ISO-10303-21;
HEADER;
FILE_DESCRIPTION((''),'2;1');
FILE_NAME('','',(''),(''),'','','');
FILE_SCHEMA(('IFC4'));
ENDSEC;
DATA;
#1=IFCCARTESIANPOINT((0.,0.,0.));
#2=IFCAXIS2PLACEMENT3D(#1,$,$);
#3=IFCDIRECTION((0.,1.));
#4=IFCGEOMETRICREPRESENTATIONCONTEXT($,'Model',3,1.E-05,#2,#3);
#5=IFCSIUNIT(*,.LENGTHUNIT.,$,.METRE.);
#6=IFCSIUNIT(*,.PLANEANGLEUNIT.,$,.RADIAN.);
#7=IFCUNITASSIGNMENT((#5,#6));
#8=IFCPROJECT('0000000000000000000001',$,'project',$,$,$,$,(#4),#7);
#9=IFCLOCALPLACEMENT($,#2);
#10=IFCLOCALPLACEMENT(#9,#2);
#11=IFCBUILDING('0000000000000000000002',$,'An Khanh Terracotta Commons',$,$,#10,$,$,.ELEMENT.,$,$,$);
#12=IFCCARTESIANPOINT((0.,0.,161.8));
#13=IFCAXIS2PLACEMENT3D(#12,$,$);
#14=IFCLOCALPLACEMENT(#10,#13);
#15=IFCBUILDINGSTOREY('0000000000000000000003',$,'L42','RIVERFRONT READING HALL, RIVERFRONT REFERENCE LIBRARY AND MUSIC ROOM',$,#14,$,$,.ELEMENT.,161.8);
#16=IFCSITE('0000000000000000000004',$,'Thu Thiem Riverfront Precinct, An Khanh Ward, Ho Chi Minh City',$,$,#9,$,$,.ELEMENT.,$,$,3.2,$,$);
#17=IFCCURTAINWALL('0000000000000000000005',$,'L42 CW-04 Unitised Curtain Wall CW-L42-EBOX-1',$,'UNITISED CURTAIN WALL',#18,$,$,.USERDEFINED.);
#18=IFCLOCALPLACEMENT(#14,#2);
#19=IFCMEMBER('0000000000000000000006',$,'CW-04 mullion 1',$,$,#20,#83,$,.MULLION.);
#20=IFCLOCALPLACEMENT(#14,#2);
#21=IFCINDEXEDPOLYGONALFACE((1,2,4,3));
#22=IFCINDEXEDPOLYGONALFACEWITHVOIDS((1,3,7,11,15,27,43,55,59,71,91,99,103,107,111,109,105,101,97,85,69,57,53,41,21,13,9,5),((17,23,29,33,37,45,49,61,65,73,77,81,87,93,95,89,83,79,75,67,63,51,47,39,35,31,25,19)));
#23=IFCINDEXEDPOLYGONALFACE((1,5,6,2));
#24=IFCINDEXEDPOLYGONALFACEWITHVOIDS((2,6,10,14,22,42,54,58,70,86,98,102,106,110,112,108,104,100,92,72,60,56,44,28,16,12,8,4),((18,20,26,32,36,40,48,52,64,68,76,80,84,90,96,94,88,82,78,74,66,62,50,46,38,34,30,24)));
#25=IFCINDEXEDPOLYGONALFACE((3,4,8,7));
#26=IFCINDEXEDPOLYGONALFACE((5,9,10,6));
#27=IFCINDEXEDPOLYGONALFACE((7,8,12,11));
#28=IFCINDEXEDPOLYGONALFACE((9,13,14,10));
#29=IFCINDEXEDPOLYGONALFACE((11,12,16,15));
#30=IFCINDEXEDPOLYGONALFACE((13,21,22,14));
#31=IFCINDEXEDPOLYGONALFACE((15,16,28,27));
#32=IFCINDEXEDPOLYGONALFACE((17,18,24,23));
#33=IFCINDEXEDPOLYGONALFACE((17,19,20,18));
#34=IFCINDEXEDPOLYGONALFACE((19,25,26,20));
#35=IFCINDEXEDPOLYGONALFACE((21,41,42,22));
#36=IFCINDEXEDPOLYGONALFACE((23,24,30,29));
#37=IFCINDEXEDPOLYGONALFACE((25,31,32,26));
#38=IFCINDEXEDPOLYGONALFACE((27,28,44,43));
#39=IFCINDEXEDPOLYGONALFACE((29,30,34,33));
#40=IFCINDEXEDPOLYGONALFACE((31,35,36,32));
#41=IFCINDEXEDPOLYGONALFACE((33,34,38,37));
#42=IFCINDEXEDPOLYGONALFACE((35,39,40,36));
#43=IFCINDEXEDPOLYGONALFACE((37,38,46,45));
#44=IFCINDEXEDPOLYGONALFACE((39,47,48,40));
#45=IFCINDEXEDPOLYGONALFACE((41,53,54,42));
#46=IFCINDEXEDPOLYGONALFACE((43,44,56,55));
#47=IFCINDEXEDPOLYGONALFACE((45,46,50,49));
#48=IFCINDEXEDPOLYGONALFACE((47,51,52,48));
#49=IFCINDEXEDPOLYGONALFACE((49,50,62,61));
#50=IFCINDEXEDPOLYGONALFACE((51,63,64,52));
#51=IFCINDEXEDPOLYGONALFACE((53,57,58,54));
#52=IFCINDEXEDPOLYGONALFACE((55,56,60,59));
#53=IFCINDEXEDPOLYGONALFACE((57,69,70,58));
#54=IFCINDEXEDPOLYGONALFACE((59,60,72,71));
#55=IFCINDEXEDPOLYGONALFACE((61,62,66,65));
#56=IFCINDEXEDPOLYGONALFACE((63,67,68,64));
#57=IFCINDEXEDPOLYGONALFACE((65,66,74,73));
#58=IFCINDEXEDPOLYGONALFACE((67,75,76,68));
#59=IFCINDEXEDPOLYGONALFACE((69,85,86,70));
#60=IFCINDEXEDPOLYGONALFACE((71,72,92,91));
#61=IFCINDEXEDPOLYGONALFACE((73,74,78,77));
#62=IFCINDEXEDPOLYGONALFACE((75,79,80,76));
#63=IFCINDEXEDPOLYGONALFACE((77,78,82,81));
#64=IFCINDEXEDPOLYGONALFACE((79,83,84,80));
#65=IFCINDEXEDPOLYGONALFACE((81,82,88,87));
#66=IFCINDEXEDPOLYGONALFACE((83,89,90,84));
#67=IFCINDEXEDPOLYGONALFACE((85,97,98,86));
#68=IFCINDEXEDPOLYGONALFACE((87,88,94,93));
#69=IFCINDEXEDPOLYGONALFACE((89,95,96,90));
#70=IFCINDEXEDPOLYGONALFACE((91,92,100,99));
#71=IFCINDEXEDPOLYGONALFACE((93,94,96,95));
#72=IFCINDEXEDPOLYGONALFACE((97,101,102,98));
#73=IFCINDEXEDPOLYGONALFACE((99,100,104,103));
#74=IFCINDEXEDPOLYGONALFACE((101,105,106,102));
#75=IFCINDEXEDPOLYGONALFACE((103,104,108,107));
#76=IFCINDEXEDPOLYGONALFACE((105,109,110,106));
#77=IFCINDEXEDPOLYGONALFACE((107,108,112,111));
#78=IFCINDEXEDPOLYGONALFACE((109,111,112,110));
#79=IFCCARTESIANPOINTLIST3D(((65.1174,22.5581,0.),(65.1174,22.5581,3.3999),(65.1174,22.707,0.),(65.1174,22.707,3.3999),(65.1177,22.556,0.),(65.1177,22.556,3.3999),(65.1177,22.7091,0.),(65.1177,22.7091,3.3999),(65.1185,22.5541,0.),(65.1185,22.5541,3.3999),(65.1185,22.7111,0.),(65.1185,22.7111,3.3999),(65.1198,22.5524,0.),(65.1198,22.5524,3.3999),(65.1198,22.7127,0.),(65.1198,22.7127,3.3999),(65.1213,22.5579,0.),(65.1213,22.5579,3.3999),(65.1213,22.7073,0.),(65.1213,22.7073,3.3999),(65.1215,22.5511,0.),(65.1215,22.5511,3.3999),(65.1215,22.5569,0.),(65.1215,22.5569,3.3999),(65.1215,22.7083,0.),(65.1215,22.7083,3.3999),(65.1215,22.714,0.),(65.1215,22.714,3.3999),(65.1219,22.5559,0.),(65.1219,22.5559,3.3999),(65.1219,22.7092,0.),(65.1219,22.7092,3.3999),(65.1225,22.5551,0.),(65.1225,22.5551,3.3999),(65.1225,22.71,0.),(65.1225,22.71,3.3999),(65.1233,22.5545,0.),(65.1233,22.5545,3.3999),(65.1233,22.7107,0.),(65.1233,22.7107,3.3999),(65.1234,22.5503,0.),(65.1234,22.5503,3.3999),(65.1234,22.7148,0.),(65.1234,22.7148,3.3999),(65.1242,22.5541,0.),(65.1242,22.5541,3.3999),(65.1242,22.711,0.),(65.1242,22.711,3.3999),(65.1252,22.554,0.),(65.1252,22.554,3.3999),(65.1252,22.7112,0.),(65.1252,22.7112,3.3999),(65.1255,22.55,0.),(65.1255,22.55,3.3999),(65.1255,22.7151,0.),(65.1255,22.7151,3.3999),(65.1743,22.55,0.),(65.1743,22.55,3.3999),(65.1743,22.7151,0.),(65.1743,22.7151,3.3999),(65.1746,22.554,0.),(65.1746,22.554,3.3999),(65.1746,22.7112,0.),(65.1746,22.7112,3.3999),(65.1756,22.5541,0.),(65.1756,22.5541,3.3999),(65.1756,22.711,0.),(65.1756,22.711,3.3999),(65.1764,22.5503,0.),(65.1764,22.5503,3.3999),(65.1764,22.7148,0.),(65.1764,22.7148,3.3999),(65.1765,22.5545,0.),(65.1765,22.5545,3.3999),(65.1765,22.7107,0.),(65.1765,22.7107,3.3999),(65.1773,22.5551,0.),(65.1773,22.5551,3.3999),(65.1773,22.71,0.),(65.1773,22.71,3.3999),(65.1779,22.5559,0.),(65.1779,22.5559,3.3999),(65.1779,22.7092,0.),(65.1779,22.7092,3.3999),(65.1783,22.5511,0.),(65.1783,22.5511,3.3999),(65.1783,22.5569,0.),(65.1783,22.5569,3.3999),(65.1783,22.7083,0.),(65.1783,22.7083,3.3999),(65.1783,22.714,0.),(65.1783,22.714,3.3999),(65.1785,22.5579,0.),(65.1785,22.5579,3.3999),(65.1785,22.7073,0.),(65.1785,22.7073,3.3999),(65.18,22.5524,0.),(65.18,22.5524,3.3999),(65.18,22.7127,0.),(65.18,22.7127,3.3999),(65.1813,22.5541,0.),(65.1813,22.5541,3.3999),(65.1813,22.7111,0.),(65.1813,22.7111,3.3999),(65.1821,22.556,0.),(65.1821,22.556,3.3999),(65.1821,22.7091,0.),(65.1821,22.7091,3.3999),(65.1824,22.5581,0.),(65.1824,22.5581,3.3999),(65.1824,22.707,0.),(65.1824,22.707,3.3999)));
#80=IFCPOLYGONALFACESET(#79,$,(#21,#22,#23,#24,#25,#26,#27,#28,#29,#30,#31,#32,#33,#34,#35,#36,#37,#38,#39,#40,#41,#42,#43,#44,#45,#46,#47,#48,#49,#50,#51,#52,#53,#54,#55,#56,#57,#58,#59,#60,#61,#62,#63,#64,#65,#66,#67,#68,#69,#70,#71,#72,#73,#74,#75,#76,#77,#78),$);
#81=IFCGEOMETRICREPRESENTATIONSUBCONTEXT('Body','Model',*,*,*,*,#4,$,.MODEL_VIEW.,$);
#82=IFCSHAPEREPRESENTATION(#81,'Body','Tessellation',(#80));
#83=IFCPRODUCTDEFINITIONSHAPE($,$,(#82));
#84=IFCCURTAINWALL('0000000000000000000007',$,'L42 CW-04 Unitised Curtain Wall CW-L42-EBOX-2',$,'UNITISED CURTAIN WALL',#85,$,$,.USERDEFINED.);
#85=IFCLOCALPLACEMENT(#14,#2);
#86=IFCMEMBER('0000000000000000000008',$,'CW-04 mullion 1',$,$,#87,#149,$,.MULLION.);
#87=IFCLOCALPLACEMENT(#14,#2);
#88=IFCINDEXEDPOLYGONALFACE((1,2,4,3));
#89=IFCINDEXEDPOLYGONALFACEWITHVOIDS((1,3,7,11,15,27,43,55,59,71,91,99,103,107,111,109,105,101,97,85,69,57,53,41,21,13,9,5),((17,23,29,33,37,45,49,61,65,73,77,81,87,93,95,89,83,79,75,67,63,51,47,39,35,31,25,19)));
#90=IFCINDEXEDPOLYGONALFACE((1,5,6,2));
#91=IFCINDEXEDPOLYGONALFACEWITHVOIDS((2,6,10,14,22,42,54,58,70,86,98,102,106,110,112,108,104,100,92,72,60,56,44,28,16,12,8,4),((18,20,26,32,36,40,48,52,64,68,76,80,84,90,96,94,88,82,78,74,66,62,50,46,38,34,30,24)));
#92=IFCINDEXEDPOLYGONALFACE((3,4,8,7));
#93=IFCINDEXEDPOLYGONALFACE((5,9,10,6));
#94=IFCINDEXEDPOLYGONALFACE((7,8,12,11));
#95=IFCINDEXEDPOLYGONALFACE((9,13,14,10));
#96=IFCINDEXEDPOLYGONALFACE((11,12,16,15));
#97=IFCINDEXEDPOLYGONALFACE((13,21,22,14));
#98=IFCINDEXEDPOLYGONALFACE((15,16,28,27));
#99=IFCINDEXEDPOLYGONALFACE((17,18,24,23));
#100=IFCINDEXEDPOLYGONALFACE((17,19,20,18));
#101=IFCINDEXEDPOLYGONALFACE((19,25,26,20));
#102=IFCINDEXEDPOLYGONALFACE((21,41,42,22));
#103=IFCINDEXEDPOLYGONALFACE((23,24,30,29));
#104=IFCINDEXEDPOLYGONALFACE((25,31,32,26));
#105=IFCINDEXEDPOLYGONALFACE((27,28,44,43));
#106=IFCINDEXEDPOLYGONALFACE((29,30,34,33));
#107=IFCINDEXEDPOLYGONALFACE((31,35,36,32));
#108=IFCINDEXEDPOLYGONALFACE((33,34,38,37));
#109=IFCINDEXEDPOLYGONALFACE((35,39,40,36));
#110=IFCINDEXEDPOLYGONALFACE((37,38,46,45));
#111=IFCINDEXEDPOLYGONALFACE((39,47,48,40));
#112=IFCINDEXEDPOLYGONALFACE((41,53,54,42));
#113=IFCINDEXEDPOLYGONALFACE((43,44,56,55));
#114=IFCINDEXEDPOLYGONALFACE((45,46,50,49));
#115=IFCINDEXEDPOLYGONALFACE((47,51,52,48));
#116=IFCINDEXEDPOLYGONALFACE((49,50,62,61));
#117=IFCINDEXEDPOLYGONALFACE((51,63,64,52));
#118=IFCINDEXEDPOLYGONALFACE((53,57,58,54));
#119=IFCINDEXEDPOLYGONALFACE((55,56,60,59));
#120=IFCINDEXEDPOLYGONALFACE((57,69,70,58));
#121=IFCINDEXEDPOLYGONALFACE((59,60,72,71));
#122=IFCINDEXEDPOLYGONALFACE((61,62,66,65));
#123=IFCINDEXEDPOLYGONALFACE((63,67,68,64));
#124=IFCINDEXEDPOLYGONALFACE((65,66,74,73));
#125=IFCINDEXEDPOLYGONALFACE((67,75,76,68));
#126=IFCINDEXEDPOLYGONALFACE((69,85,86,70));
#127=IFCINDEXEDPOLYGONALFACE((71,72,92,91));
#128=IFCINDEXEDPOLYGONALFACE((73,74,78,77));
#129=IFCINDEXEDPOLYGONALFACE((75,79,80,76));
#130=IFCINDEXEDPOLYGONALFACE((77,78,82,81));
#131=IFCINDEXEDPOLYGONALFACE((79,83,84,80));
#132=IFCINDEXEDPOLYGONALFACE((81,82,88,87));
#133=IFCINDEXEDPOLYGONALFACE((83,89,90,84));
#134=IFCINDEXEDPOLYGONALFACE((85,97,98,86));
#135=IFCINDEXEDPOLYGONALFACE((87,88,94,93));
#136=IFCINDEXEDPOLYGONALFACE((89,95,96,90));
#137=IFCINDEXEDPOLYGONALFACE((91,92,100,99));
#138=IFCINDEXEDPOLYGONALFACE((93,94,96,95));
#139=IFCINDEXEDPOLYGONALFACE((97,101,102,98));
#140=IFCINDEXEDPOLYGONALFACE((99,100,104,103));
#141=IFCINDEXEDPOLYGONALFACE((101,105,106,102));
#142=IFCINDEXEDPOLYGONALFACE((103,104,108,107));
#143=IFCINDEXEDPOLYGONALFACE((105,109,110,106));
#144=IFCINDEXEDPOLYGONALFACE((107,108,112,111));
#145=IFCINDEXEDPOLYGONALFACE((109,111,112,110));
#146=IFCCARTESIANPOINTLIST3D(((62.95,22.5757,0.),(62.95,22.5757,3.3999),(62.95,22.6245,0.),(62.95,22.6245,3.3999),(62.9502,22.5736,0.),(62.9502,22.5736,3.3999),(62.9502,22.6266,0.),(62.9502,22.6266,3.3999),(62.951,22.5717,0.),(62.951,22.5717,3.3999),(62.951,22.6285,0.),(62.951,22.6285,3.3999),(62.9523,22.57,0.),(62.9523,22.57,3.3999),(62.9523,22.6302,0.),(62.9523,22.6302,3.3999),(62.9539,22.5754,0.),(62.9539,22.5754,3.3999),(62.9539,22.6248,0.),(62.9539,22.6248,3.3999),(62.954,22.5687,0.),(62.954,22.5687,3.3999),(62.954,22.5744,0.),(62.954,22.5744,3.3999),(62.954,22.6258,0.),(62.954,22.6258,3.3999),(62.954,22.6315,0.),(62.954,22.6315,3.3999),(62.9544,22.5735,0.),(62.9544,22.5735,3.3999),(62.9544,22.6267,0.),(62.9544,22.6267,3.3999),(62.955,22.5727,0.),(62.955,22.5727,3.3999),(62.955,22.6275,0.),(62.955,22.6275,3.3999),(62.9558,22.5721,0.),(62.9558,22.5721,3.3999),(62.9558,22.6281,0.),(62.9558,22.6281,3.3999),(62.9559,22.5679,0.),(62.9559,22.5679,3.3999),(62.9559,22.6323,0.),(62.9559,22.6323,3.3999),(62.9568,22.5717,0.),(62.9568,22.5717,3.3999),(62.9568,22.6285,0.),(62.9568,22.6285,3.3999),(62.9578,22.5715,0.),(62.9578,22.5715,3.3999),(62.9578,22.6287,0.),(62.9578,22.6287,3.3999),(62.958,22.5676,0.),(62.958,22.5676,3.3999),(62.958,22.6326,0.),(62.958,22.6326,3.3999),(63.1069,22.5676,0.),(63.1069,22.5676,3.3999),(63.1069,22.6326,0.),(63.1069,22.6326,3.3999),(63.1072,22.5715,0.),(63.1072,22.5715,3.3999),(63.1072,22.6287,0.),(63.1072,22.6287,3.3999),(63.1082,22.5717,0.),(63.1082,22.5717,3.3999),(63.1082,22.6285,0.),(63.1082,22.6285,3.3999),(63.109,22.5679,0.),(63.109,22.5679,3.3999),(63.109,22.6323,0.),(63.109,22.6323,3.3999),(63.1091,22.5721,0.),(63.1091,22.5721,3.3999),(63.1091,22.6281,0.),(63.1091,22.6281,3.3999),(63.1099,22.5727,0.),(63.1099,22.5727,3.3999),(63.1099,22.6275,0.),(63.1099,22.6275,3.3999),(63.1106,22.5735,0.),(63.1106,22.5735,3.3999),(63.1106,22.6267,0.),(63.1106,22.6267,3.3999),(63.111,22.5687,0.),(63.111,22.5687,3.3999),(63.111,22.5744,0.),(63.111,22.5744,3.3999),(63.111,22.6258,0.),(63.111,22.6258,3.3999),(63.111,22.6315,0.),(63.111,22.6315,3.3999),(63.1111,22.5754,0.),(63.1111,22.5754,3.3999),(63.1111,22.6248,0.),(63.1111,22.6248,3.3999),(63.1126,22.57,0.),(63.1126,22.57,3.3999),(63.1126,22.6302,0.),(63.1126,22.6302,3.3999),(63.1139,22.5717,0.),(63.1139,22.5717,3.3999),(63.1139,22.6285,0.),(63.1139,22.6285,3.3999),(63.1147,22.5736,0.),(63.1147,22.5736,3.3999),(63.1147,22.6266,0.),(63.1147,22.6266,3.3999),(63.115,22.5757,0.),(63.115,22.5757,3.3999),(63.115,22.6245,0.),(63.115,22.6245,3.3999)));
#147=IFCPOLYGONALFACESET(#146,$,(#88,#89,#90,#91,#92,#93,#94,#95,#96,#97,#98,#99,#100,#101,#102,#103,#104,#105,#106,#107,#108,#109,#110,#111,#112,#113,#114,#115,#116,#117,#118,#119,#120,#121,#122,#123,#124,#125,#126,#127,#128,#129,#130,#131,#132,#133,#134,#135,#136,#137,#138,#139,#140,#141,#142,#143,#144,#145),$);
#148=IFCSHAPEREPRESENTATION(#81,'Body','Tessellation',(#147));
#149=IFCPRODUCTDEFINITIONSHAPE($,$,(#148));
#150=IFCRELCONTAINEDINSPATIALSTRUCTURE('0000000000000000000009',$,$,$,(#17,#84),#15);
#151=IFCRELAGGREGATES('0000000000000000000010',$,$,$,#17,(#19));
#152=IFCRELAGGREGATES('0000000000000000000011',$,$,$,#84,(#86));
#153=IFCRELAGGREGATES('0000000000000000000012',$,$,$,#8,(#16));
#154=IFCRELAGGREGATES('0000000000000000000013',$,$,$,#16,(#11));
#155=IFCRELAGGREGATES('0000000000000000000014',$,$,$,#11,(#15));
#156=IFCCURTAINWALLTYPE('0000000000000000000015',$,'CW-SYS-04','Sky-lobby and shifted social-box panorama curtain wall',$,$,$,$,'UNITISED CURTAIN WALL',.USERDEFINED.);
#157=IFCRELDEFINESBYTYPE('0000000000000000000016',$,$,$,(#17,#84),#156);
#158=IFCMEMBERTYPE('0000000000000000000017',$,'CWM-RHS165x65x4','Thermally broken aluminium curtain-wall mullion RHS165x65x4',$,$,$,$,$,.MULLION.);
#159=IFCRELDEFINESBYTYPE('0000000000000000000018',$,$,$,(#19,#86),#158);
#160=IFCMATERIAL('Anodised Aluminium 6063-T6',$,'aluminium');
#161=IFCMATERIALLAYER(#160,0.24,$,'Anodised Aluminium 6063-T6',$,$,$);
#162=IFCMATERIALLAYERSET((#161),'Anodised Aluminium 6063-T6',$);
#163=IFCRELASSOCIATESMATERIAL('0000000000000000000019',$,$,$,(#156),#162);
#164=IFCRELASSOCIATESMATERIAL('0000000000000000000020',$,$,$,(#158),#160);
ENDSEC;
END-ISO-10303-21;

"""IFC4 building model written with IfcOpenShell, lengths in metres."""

from ifc_helpers import new_model, si_unit, direction, frame, origin, origin_2d, place, context, subcontext, project, spatial, hollow_rectangle, extrude, material, layer, layer_set, material_profile, profile_set, type_object, element, aggregate, save


model = new_model("IFC4")

# Units and contexts
model_context = context("Model", 3, precision=1e-05, world=origin(), true_north=direction((0.0, 1.0)))
body_context = subcontext(model_context, "Body", "Model", "MODEL_VIEW")
ifc_project = project(units=[si_unit("LENGTHUNIT", "METRE"), si_unit("PLANEANGLEUNIT", "RADIAN")], contexts=[model_context])

# Site, building, storey
site_placement = place(None, origin())
site = spatial("IfcSite", under=ifc_project, at=site_placement, Name="Thu Thiem Riverfront Precinct, An Khanh Ward, Ho Chi Minh City", CompositionType="ELEMENT", RefElevation=3.2)
building_placement = place(site_placement, origin())
building = spatial("IfcBuilding", under=site, at=building_placement, Name="An Khanh Terracotta Commons", CompositionType="ELEMENT")
storey_placement = place(building_placement, frame((0.0, 0.0, 161.8)))
storey = spatial("IfcBuildingStorey", under=building, at=storey_placement, Name="L42", Description="RIVERFRONT READING HALL, RIVERFRONT REFERENCE LIBRARY AND MUSIC ROOM", CompositionType="ELEMENT", Elevation=161.8)

# Curtain wall, member
ifc_material_1 = material(Name="Anodised Aluminium 6063-T6", Category="aluminium")
ifc_layer_1 = layer(ifc_material_1, 0.24, Name="Anodised Aluminium 6063-T6")
ifc_layer_set_1 = layer_set([ifc_layer_1], Name="Anodised Aluminium 6063-T6")
curtain_wall_type_1 = type_object("IfcCurtainWallType", Name="CW-SYS-04", Description="Sky-lobby and shifted social-box panorama curtain wall", ElementType="UNITISED CURTAIN WALL", PredefinedType="USERDEFINED", material=ifc_layer_set_1)
curtain_wall_1_placement = place(storey_placement, origin())
curtain_wall_1 = element("IfcCurtainWall", 1, at=curtain_wall_1_placement, inside=storey, type_object=curtain_wall_type_1, Name="L42 CW-04 Unitised Curtain Wall CW-L42-EBOX-1", ObjectType="UNITISED CURTAIN WALL", PredefinedType="USERDEFINED")
ifc_material_profile_1 = material_profile(ifc_material_1, hollow_rectangle(XDim=0.0649, YDim=0.165, WallThickness=0.0039, InnerFilletRadius=0.0039, OuterFilletRadius=0.0081, at=origin_2d()), Name="RHS165x65x4")
ifc_profile_set_1 = profile_set([ifc_material_profile_1], Name="Anodised Aluminium 6063-T6")
member_type_1 = type_object("IfcMemberType", Name="CWM-RHS165x65x4", Description="Thermally broken aluminium curtain-wall mullion RHS165x65x4", PredefinedType="MULLION", material=ifc_profile_set_1)
member_1_placement = place(storey_placement, frame((65.1499, 22.6326, 0.0), z_axis=(0.0, 0.0, 1.0), x_axis=(-1.0, 0.0, 0.0)))
member_1 = element("IfcMember", 2, at=member_1_placement, type_object=member_type_1, Name="CW-04 mullion 1", PredefinedType="MULLION", context=body_context, shape_type="SweptSolid", body=[
    extrude(hollow_rectangle(XDim=0.0649, YDim=0.165, WallThickness=0.0039, InnerFilletRadius=0.0039, OuterFilletRadius=0.0081, at=origin_2d()), origin(), (0.0, 0.0, 1.0), 3.3999),
])

# Curtain wall, member
curtain_wall_2_placement = place(storey_placement, origin())
curtain_wall_2 = element("IfcCurtainWall", 3, at=curtain_wall_2_placement, inside=storey, type_object=curtain_wall_type_1, Name="L42 CW-04 Unitised Curtain Wall CW-L42-EBOX-2", ObjectType="UNITISED CURTAIN WALL", PredefinedType="USERDEFINED")
member_2_placement = place(storey_placement, frame((63.0325, 22.6001, 0.0), z_axis=(0.0, 0.0, 1.0), x_axis=(0.0, 1.0, 0.0)))
member_2 = element("IfcMember", 4, at=member_2_placement, type_object=member_type_1, Name="CW-04 mullion 1", PredefinedType="MULLION", context=body_context, shape_type="SweptSolid", body=[
    extrude(hollow_rectangle(XDim=0.0649, YDim=0.165, WallThickness=0.0039, InnerFilletRadius=0.0039, OuterFilletRadius=0.0081, at=origin_2d()), origin(), (0.0, 0.0, 1.0), 3.3999),
])

aggregate(curtain_wall_1, [member_1])

aggregate(curtain_wall_2, [member_2])

save(model, "model.ifc")
